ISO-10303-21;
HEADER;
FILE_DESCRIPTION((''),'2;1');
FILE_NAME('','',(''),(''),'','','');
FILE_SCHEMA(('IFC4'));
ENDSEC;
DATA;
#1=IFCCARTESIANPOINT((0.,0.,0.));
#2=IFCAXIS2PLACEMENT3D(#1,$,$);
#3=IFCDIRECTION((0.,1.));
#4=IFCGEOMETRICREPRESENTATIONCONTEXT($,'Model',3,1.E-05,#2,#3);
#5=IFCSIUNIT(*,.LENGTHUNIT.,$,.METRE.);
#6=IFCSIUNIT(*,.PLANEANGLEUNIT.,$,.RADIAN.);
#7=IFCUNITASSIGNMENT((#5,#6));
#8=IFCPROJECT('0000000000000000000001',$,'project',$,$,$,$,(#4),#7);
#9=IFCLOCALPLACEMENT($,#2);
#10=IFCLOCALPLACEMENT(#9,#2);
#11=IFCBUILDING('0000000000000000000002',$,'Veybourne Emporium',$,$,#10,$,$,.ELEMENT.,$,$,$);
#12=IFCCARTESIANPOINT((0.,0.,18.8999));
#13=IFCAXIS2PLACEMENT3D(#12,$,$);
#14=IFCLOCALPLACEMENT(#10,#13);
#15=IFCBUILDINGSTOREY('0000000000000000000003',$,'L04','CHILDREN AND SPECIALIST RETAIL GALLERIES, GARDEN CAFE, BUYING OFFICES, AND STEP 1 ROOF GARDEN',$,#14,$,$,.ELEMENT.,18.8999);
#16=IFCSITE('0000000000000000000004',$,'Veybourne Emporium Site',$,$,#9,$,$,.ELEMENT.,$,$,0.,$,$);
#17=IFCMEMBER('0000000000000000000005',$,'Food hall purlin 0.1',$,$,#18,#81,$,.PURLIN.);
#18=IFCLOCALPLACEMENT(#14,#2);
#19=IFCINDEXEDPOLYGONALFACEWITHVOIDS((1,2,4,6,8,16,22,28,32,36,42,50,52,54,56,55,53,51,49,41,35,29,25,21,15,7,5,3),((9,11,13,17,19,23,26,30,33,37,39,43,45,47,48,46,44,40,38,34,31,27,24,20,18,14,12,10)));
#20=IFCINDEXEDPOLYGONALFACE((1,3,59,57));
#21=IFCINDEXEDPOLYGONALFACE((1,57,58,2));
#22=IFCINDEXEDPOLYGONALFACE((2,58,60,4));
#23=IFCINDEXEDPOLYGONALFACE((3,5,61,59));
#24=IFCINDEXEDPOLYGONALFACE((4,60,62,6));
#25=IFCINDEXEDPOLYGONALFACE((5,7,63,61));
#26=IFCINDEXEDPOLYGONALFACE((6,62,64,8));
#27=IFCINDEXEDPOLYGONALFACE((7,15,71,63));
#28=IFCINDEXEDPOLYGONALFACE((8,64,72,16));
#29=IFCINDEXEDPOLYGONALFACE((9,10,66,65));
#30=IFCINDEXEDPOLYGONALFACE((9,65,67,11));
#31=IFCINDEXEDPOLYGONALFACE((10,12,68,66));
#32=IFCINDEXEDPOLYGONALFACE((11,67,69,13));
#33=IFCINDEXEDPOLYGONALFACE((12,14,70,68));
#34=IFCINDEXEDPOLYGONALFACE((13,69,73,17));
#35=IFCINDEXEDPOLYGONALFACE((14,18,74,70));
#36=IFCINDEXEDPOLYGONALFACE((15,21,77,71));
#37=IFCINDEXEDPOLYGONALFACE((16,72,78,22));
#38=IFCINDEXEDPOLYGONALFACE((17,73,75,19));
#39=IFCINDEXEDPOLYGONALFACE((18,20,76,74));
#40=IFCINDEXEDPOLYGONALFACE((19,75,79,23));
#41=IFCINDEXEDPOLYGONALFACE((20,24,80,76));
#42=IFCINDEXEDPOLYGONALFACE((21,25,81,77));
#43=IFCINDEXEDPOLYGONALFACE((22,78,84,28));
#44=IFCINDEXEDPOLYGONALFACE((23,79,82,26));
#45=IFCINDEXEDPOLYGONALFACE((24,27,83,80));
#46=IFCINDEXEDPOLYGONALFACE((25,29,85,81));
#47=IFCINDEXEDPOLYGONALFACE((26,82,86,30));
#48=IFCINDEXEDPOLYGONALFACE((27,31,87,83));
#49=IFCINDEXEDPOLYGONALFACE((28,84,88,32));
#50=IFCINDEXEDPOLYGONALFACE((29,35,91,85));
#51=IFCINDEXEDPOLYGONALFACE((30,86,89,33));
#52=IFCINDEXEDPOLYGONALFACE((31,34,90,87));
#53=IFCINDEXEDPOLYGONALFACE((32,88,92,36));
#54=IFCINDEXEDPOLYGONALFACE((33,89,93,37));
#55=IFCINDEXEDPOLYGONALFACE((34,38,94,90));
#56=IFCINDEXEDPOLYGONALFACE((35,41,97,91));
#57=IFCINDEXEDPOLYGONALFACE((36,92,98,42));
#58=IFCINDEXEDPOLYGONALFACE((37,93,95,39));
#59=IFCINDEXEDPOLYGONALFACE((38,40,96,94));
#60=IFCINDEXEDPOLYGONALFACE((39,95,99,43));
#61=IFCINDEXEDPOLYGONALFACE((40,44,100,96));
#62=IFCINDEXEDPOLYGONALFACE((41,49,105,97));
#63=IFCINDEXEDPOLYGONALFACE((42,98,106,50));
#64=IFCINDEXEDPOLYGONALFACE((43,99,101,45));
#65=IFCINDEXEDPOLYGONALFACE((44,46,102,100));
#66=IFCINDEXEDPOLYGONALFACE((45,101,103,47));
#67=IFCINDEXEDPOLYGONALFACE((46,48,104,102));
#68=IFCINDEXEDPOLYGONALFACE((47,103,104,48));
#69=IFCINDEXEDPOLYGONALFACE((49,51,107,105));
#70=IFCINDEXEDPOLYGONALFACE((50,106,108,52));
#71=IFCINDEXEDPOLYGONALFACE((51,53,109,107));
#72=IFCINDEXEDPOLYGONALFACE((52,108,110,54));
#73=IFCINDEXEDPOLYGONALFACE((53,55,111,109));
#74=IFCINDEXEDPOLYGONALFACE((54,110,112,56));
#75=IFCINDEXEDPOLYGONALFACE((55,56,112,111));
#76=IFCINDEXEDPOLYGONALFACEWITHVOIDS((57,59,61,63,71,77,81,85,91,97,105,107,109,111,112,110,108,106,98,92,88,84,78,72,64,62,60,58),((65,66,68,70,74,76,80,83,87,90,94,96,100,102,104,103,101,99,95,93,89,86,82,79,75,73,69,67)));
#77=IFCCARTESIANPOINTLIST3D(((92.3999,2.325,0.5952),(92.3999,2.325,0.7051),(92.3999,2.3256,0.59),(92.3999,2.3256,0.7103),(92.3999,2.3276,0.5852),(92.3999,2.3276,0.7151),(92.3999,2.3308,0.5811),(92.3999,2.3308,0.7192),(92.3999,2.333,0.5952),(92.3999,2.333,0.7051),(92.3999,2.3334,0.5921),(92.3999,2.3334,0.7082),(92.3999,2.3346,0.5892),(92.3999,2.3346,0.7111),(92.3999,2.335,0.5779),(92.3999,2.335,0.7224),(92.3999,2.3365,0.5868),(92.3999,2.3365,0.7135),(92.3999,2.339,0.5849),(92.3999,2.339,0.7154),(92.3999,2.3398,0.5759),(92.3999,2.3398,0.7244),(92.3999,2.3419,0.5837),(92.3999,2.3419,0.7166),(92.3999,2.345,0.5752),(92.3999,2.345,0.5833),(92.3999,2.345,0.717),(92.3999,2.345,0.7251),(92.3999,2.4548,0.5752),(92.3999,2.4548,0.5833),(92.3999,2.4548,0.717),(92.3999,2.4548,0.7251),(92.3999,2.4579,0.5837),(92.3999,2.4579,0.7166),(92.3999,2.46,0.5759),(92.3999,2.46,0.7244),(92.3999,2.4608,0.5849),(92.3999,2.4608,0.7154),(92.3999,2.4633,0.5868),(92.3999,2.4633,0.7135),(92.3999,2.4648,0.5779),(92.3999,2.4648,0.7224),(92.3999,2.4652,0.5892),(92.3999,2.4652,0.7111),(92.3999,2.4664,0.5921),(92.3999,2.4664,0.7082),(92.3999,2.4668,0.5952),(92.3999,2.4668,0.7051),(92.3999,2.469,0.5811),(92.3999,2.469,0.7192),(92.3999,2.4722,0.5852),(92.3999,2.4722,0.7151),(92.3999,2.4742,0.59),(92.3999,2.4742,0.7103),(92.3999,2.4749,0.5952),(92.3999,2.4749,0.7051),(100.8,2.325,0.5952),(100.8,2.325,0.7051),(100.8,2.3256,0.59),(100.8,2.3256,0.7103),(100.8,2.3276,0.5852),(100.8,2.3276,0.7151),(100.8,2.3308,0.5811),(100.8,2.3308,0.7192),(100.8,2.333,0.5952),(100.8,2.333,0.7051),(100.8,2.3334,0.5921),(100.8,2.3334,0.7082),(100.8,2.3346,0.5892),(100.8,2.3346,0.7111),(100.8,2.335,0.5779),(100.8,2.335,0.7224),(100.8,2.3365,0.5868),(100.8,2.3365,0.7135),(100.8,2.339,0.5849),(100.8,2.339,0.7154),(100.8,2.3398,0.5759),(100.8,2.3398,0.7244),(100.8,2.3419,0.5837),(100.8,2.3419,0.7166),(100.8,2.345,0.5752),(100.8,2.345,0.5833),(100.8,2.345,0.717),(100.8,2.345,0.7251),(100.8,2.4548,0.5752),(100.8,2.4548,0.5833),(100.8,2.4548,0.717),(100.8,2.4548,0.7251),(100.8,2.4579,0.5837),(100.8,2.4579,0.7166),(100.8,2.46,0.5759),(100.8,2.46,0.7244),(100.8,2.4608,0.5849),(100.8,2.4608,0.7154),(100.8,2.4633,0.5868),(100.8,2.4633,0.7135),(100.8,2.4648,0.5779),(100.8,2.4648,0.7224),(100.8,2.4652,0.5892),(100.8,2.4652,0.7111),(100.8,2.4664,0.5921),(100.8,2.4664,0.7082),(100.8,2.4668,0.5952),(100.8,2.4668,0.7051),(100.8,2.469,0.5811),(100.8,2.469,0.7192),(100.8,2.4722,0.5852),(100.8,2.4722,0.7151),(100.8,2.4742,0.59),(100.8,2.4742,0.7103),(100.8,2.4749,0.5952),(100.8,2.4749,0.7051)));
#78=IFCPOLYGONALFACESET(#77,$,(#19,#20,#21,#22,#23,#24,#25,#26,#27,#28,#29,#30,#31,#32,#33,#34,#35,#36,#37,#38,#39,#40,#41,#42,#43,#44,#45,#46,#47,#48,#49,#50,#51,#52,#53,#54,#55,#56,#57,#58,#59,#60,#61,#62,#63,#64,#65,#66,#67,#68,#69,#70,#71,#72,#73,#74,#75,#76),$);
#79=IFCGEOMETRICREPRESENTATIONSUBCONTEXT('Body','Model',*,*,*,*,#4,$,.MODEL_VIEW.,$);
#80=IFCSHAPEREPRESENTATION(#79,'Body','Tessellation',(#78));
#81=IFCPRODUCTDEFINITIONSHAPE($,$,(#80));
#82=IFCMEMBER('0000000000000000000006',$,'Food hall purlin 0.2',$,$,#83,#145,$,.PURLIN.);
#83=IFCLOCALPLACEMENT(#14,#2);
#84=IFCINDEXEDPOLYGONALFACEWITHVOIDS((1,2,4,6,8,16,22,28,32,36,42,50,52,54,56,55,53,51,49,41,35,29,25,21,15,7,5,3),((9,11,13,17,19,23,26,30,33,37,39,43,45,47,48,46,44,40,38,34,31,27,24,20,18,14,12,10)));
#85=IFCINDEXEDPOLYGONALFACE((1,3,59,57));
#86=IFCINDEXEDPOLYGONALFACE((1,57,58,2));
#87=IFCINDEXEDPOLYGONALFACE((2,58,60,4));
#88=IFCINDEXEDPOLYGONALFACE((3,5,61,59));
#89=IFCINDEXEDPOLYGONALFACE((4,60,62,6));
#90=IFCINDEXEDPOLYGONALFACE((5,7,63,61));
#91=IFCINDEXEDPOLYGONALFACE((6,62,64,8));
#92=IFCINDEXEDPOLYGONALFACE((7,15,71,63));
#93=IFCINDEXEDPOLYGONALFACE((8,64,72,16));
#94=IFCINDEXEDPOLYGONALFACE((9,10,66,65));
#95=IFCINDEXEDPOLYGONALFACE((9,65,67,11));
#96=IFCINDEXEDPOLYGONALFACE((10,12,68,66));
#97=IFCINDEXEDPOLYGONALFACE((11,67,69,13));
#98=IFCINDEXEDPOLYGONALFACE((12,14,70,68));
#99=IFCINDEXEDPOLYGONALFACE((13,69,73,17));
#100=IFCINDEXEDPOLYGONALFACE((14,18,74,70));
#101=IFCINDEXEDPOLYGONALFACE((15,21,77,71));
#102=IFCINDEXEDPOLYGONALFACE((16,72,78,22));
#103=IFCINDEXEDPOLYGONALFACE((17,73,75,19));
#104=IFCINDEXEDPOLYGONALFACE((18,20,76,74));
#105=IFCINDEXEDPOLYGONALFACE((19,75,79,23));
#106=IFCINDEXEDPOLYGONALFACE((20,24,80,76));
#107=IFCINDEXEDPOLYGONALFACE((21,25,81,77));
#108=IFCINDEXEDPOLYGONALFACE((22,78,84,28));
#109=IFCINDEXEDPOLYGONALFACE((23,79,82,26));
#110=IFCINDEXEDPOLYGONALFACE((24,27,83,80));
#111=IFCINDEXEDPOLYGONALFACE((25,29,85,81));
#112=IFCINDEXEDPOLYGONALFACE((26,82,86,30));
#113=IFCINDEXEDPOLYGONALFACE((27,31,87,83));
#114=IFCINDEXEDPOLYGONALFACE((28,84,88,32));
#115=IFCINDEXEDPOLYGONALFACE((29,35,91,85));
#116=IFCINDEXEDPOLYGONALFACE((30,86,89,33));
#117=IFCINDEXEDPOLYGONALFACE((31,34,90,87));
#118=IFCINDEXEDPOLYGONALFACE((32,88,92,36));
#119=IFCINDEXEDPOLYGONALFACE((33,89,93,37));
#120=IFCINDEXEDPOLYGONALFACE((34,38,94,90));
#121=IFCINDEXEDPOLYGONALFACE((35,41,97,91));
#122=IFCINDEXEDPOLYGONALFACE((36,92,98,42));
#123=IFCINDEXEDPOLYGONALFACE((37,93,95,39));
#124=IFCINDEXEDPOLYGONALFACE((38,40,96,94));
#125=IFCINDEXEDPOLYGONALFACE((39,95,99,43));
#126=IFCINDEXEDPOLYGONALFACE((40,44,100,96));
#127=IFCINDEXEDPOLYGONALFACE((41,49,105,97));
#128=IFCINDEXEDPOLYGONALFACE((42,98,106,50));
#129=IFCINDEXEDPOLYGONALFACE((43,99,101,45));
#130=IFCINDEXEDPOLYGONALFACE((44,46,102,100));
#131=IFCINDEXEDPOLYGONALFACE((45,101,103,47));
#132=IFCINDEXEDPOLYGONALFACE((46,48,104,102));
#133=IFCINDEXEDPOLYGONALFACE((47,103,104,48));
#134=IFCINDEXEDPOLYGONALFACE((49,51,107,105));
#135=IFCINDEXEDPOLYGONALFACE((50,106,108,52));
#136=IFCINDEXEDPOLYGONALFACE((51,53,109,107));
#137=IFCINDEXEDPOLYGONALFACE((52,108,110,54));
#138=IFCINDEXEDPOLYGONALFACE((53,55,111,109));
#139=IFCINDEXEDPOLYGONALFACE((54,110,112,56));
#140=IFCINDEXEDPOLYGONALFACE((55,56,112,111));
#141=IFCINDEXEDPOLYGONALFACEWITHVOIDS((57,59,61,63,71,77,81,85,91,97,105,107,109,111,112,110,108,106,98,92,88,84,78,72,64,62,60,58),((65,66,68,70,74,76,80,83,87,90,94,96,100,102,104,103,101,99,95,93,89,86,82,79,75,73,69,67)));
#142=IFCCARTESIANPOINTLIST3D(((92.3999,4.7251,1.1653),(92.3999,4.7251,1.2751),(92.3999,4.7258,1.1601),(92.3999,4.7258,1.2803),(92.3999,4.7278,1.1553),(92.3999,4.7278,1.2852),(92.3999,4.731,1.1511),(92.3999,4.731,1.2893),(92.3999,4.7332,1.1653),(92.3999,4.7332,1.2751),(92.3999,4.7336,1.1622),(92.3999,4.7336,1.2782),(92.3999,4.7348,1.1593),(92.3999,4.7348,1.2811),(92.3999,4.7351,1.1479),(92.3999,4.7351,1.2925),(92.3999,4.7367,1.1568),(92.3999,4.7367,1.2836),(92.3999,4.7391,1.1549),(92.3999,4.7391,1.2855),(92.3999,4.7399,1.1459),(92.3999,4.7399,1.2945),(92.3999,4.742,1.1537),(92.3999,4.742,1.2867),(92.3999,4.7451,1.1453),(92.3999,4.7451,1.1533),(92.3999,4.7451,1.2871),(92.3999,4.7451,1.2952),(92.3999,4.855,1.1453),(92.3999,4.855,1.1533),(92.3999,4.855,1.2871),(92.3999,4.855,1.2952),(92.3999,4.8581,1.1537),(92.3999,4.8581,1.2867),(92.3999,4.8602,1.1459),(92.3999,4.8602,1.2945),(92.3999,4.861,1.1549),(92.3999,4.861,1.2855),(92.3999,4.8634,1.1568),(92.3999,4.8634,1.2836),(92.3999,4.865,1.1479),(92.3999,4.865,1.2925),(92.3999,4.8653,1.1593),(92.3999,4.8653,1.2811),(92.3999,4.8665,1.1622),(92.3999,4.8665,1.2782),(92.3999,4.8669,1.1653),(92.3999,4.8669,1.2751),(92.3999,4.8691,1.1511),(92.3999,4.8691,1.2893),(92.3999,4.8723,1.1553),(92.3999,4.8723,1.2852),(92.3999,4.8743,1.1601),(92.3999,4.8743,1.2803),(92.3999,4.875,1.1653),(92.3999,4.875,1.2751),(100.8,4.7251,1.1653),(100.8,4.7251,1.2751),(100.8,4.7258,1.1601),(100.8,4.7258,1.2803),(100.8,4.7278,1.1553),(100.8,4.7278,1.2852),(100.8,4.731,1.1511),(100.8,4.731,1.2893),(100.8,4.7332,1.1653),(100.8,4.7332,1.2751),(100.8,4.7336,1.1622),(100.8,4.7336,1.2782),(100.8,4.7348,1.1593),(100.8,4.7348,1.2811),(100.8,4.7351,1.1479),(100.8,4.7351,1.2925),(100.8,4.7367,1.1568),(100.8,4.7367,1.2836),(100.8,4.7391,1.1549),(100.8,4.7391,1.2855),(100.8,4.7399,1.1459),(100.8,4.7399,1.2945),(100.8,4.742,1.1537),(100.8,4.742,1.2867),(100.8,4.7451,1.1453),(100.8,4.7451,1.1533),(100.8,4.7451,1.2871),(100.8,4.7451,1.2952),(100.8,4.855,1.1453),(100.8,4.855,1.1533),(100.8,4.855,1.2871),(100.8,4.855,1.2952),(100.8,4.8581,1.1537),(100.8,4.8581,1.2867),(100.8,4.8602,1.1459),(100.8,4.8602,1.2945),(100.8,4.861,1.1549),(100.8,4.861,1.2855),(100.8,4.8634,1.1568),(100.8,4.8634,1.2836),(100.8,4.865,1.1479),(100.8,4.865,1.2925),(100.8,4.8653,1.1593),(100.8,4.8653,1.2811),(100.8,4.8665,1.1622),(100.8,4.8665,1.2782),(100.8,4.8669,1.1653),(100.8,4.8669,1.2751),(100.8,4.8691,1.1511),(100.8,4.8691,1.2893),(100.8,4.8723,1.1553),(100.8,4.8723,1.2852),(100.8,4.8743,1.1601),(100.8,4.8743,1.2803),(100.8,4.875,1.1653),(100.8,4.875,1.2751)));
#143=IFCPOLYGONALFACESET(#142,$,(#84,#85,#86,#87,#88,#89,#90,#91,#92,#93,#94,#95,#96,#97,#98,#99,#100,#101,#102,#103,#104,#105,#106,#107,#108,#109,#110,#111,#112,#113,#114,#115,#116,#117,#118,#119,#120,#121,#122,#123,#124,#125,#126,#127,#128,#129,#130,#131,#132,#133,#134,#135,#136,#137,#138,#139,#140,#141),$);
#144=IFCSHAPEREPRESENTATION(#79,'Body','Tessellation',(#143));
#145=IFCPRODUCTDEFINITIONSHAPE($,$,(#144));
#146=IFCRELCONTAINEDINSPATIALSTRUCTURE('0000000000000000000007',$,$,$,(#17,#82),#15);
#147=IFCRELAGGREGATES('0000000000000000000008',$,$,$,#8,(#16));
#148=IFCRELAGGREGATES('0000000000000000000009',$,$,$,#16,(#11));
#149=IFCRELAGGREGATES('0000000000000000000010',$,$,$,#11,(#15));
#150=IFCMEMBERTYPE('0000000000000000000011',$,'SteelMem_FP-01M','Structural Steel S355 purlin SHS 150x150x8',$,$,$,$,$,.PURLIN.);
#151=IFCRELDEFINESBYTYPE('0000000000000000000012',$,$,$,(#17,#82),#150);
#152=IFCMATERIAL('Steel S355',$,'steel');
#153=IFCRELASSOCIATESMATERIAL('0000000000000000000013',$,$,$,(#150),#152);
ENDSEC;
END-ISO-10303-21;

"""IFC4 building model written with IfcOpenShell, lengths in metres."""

from ifc_helpers import new_model, si_unit, direction, frame, origin, origin_2d, place, context, subcontext, project, spatial, hollow_rectangle, extrude, material, material_profile, profile_set, type_object, element, save


model = new_model("IFC4")

# Units and contexts
model_context = context("Model", 3, precision=1e-05, world=origin(), true_north=direction((0.0, 1.0)))
body_context = subcontext(model_context, "Body", "Model", "MODEL_VIEW")
ifc_project = project(units=[si_unit("LENGTHUNIT", "METRE"), si_unit("PLANEANGLEUNIT", "RADIAN")], contexts=[model_context])

# Site, building, storey
site_placement = place(None, origin())
site = spatial("IfcSite", under=ifc_project, at=site_placement, Name="Veybourne Emporium Site", CompositionType="ELEMENT", RefElevation=0.0)
building_placement = place(site_placement, origin())
building = spatial("IfcBuilding", under=site, at=building_placement, Name="Veybourne Emporium", CompositionType="ELEMENT")
storey_placement = place(building_placement, frame((0.0, 0.0, 18.8999)))
storey = spatial("IfcBuildingStorey", under=building, at=storey_placement, Name="L04", Description="CHILDREN AND SPECIALIST RETAIL GALLERIES, GARDEN CAFE, BUYING OFFICES, AND STEP 1 ROOF GARDEN", CompositionType="ELEMENT", Elevation=18.8999)

# Shared definitions
ifc_material_1 = material(Name="Steel S355", Category="steel")

# Members
ifc_material_profile_1 = material_profile(ifc_material_1, hollow_rectangle(XDim=0.1499, YDim=0.1499, WallThickness=0.0081, InnerFilletRadius=0.012, OuterFilletRadius=0.02, at=origin_2d()), Name="SHS 150x150x8")
ifc_profile_set_1 = profile_set([ifc_material_profile_1], Name="Steel S355")
member_type_1 = type_object("IfcMemberType", Name="SteelMem_FP-01M", Description="Structural Steel S355 purlin SHS 150x150x8", PredefinedType="PURLIN", material=ifc_profile_set_1)
for number, where, z_axis, x_axis, name in (
    (1, (92.3999, 2.3999, 0.6501), (1.0, 0.0, 0.0), (0.0, 1.0, 0.0), "Food hall purlin 0.1"),
    (2, (92.3999, 4.8, 1.2202), (1.0, 0.0, 0.0), (0.0, 1.0, 0.0), "Food hall purlin 0.2"),
):
    element("IfcMember", number, at=place(storey_placement, frame(where, z_axis=z_axis, x_axis=x_axis)), inside=storey, type_object=member_type_1, Name=name, PredefinedType="PURLIN", context=body_context, shape_type="SweptSolid", body=[
        extrude(hollow_rectangle(XDim=0.1499, YDim=0.1499, WallThickness=0.0081, InnerFilletRadius=0.012, OuterFilletRadius=0.02, at=origin_2d()), origin(), (0.0, 0.0, 1.0), 8.4001),
    ])

save(model, "model.ifc")
